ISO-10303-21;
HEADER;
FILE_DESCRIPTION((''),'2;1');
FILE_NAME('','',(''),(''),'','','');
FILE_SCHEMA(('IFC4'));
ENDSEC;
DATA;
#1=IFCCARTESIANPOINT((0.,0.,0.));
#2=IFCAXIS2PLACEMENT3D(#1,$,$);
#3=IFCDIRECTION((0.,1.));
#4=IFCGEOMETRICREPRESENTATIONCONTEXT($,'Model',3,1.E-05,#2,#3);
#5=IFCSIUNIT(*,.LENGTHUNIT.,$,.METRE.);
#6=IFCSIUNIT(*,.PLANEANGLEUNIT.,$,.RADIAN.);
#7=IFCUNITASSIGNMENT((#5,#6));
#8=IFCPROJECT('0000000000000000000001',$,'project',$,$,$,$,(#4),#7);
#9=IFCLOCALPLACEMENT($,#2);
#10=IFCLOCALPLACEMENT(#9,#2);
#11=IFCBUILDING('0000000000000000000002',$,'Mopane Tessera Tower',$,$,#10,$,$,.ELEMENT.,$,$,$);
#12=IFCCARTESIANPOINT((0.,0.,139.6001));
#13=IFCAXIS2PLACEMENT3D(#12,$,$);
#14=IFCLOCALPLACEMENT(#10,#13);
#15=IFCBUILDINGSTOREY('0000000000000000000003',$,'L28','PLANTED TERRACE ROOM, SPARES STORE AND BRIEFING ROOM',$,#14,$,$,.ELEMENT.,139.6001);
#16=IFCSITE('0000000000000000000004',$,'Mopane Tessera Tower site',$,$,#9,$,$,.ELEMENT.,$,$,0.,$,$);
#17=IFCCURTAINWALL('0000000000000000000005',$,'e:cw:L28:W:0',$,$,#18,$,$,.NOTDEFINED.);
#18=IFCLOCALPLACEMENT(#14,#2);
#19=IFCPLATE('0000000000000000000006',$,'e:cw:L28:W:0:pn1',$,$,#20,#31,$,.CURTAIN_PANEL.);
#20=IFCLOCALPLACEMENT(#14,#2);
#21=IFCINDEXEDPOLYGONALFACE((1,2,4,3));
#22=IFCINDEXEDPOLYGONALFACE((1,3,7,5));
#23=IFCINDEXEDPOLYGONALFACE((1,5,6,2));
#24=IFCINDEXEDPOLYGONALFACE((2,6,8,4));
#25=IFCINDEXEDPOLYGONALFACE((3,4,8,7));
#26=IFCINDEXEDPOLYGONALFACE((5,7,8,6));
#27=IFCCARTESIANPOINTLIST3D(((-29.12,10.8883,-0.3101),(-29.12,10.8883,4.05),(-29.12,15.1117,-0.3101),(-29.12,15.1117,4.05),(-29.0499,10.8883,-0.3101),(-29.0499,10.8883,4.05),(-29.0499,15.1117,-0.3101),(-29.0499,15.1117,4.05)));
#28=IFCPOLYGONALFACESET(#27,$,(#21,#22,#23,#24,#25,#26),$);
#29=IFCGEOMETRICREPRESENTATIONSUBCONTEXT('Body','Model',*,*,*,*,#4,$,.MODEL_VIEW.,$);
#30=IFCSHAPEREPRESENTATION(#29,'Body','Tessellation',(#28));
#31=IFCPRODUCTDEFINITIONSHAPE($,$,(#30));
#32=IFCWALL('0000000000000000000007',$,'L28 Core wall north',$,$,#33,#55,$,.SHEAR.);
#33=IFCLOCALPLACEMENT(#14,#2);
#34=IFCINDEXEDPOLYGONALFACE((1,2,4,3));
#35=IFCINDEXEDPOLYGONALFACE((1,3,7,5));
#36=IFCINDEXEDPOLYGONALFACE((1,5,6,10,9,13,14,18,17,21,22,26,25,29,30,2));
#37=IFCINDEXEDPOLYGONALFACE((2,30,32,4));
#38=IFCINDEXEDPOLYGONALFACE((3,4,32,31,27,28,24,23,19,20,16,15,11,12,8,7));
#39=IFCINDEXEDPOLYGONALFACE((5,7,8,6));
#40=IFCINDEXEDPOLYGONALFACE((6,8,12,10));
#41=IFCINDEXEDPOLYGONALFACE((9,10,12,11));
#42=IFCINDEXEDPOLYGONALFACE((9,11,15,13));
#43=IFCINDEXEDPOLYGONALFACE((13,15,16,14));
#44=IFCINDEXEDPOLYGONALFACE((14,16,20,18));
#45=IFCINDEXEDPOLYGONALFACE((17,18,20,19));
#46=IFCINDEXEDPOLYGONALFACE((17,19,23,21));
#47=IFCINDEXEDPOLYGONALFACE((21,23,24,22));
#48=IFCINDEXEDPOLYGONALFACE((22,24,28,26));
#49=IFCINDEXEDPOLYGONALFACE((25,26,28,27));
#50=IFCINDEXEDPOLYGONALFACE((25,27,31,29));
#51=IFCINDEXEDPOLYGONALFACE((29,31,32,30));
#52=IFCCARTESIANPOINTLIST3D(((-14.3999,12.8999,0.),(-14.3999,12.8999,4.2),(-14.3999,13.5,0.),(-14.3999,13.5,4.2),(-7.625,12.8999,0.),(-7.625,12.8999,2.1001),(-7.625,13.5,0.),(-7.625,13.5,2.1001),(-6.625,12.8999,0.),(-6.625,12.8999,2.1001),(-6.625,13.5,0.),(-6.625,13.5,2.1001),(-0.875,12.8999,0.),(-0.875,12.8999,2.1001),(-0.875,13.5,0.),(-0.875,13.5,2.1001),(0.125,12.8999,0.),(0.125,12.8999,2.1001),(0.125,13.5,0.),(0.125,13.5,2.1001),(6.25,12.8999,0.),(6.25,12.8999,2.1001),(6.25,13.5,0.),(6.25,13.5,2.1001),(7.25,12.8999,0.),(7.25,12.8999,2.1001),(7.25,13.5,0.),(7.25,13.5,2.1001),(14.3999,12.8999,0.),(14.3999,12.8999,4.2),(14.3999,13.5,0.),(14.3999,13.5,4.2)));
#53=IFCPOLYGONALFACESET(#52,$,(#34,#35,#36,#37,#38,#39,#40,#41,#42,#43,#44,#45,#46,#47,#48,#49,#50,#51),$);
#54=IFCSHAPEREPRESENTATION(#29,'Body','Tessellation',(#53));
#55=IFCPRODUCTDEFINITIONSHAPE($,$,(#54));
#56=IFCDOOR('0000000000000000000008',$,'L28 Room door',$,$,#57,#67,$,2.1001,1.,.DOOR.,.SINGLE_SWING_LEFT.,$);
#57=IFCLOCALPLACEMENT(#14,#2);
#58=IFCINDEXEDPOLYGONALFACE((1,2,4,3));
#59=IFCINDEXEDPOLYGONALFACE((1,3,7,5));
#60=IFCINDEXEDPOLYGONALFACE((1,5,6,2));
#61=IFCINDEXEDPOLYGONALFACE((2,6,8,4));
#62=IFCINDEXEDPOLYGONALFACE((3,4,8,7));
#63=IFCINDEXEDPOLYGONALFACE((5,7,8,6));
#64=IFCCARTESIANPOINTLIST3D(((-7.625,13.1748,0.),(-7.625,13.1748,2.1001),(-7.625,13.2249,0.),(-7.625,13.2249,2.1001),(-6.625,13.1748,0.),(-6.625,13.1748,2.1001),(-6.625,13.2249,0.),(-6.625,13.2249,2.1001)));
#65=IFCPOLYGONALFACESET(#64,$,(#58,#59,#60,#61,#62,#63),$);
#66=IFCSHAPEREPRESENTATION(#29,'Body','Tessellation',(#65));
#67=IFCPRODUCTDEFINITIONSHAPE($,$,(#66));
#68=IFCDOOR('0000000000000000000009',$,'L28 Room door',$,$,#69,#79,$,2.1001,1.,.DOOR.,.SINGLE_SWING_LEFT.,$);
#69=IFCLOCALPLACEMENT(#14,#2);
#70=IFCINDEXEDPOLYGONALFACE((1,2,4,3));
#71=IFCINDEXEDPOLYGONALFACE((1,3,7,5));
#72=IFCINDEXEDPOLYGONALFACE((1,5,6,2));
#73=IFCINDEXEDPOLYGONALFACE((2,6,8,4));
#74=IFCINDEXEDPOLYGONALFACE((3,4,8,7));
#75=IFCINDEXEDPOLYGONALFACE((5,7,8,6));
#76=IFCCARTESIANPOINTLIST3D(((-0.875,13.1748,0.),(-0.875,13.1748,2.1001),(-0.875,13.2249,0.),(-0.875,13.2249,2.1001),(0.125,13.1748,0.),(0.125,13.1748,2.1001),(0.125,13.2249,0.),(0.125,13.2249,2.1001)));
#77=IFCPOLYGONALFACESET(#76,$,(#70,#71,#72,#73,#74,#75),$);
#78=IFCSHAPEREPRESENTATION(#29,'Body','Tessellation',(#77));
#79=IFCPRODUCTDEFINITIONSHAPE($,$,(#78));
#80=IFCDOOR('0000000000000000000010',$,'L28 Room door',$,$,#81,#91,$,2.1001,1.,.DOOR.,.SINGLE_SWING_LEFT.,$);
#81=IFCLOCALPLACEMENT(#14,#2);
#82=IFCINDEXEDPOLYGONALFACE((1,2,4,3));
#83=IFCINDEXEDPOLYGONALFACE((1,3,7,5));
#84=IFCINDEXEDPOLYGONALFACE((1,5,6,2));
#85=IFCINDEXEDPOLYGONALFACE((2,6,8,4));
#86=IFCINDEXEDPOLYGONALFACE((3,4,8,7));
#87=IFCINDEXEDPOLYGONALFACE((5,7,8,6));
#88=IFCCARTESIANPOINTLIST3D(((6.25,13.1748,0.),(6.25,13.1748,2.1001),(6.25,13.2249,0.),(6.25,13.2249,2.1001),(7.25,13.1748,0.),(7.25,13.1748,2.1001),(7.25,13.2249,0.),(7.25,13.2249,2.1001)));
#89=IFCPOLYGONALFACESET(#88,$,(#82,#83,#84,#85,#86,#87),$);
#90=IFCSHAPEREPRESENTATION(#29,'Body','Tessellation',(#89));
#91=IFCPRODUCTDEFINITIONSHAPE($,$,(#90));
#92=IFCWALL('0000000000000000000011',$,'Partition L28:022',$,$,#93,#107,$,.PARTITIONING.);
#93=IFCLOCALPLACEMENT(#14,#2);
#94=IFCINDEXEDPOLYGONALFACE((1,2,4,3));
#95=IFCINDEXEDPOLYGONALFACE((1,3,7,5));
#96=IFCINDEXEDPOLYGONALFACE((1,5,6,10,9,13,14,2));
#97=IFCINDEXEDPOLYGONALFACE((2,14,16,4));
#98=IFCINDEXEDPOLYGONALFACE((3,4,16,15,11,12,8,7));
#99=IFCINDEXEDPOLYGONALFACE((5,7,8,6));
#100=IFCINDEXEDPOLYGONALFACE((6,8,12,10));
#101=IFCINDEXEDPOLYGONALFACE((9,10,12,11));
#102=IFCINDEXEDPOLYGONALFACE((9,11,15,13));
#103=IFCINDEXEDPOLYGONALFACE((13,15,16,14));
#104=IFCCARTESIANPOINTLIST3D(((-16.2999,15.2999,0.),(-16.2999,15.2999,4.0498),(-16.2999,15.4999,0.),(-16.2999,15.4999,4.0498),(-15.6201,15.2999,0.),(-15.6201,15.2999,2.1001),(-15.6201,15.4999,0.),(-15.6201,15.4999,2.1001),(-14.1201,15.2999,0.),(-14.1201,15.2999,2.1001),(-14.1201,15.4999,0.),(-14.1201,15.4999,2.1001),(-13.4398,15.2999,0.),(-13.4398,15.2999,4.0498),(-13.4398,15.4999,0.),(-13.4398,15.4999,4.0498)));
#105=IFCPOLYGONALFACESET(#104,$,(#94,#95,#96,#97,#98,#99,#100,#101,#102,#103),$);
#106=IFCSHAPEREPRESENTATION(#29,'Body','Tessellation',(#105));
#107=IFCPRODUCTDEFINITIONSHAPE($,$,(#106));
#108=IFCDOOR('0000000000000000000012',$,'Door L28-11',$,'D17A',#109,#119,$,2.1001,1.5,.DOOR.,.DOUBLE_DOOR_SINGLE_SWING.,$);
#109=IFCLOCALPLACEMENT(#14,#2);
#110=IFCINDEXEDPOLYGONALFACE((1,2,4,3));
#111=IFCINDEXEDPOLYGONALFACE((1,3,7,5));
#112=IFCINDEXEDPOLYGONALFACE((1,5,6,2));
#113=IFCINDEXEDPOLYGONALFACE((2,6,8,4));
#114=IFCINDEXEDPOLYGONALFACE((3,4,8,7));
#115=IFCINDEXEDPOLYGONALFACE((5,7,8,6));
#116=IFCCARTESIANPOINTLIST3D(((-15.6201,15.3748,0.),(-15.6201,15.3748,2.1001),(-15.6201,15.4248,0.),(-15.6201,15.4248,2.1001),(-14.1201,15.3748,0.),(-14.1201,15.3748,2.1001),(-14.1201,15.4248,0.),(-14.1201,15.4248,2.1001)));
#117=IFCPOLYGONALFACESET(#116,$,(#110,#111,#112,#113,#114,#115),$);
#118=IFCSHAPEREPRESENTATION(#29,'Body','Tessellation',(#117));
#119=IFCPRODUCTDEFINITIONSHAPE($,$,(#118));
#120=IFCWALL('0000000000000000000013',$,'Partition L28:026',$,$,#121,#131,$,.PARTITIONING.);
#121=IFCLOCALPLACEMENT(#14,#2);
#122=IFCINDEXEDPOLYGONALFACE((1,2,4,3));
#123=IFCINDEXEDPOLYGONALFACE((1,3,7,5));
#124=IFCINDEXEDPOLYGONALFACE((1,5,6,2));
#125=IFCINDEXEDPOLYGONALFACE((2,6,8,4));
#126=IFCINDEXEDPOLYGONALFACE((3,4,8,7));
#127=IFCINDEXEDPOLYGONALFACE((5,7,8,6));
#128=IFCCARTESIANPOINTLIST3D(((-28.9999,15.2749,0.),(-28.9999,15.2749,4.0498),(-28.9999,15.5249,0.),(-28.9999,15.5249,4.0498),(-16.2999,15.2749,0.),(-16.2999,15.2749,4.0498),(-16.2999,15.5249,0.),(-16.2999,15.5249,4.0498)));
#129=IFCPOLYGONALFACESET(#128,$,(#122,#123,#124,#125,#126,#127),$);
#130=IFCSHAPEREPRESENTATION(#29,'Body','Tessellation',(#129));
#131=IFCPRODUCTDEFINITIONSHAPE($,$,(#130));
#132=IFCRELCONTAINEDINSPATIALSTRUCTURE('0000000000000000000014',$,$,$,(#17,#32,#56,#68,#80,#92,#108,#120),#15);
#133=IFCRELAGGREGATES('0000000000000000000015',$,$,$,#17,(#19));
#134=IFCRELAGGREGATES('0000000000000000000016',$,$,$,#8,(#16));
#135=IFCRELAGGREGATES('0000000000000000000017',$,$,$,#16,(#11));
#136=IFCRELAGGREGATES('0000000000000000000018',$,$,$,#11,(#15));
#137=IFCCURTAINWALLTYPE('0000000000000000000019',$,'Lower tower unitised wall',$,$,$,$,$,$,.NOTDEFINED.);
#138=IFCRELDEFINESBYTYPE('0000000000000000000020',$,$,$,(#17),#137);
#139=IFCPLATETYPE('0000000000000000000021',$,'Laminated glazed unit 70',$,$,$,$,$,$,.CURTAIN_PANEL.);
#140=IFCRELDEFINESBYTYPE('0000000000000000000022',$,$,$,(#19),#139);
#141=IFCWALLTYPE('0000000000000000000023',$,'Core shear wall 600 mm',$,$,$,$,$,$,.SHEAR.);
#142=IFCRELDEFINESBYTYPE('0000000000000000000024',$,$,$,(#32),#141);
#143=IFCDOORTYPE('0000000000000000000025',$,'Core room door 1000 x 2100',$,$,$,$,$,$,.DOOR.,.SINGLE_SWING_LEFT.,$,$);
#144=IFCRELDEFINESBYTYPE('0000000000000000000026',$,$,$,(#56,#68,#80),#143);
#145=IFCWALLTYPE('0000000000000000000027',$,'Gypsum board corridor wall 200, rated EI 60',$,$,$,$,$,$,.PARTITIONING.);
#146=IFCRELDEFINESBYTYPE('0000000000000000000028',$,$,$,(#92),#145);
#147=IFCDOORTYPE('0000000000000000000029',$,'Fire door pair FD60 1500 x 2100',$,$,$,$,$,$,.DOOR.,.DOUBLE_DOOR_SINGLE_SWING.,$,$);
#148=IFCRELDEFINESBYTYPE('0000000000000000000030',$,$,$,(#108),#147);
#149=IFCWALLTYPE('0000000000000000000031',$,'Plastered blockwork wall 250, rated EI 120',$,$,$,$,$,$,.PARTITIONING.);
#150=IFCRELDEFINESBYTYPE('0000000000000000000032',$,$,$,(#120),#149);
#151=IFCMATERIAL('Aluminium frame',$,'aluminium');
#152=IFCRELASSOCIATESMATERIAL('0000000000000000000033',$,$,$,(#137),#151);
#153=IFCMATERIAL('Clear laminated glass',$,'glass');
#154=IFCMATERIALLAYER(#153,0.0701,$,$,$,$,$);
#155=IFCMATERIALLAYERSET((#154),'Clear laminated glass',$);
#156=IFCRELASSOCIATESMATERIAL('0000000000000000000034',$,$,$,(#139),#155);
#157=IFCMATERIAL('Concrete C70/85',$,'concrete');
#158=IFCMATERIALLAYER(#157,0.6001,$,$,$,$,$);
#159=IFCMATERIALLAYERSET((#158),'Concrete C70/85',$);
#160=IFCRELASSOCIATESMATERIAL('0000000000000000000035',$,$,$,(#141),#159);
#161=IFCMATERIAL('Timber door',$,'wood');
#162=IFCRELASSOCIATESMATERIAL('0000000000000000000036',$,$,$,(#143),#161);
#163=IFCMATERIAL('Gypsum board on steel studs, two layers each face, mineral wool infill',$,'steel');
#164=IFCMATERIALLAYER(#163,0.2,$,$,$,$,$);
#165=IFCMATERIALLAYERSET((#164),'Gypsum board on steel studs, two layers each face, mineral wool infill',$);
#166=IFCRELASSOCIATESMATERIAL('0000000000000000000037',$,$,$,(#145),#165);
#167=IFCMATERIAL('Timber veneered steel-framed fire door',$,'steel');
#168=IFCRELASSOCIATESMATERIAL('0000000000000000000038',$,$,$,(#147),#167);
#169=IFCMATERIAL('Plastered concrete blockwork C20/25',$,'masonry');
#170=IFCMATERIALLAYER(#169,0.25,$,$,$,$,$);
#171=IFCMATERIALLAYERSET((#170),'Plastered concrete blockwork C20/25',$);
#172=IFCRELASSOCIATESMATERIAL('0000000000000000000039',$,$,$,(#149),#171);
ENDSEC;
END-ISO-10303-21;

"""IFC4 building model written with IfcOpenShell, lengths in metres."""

from ifc_helpers import new_model, si_unit, direction, frame, frame_2d, origin, origin_2d, place, context, subcontext, project, spatial, rectangle, extrude, material, layer, layer_set, type_object, element, fill, aggregate, save


model = new_model("IFC4")

# Units and contexts
model_context = context("Model", 3, precision=1e-05, world=origin(), true_north=direction((0.0, 1.0)))
body_context = subcontext(model_context, "Body", "Model", "MODEL_VIEW")
ifc_project = project(units=[si_unit("LENGTHUNIT", "METRE"), si_unit("PLANEANGLEUNIT", "RADIAN")], contexts=[model_context])

# Site, building, storey
site_placement = place(None, origin())
site = spatial("IfcSite", under=ifc_project, at=site_placement, Name="Mopane Tessera Tower site", CompositionType="ELEMENT", RefElevation=0.0)
building_placement = place(site_placement, origin())
building = spatial("IfcBuilding", under=site, at=building_placement, Name="Mopane Tessera Tower", CompositionType="ELEMENT")
storey_placement = place(building_placement, frame((0.0, 0.0, 139.6001)))
storey = spatial("IfcBuildingStorey", under=building, at=storey_placement, Name="L28", Description="PLANTED TERRACE ROOM, SPARES STORE AND BRIEFING ROOM", CompositionType="ELEMENT", Elevation=139.6001)

# Curtain wall
ifc_material_1 = material(Name="Aluminium frame", Category="aluminium")
curtain_wall_type = type_object("IfcCurtainWallType", Name="Lower tower unitised wall", PredefinedType="NOTDEFINED", material=ifc_material_1)
curtain_wall_1_placement = place(storey_placement, origin())
curtain_wall_1 = element("IfcCurtainWall", 1, at=curtain_wall_1_placement, inside=storey, type_object=curtain_wall_type, Name="e:cw:L28:W:0", PredefinedType="NOTDEFINED")

# Plate
ifc_material_2 = material(Name="Clear laminated glass", Category="glass")
ifc_layer_1 = layer(ifc_material_2, 0.0701)
ifc_layer_set_1 = layer_set([ifc_layer_1], Name="Clear laminated glass")
plate_type = type_object("IfcPlateType", Name="Laminated glazed unit 70", PredefinedType="CURTAIN_PANEL", material=ifc_layer_set_1)
plate_1_placement = place(storey_placement, frame((-29.085, 13.0, -0.3101), z_axis=(0.0, 0.0, 1.0), x_axis=(0.0, -1.0, 0.0)))
plate_1 = element("IfcPlate", 2, at=plate_1_placement, type_object=plate_type, Name="e:cw:L28:W:0:pn1", PredefinedType="CURTAIN_PANEL", context=body_context, shape_type="SweptSolid", body=[
    extrude(rectangle(XDim=4.2234, YDim=0.0701, at=origin_2d()), origin(), (0.0, 0.0, 1.0), 4.3601),
])
aggregate(curtain_wall_1, [plate_1])

# Wall, openings, doors
ifc_material_3 = material(Name="Concrete C70/85", Category="concrete")
ifc_layer_2 = layer(ifc_material_3, 0.6001)
ifc_layer_set_2 = layer_set([ifc_layer_2], Name="Concrete C70/85")
wall_type_1 = type_object("IfcWallType", Name="Core shear wall 600 mm", PredefinedType="SHEAR", material=ifc_layer_set_2)
wall_1_placement = place(storey_placement, frame((-14.3999, 13.2, 0.0), z_axis=(0.0, 0.0, 1.0), x_axis=(1.0, 0.0, 0.0)))
wall_1 = element("IfcWall", 3, at=wall_1_placement, inside=storey, type_object=wall_type_1, Name="L28 Core wall north", PredefinedType="SHEAR", context=body_context, shape_type="SweptSolid", body=[
    extrude(rectangle(XDim=28.7998, YDim=0.6001, at=frame_2d((14.3999, 0.0))), origin(), (0.0, 0.0, 1.0), 4.2),
])
opening_1_placement = place(wall_1_placement, frame((6.7749, 0.0, 0.0)))
opening_1 = element("IfcOpeningElement", 4, at=opening_1_placement, cuts=wall_1, PredefinedType="OPENING", context=body_context, shape_type="SweptSolid", body=[
    extrude(rectangle(XDim=1.0, YDim=2.1001, at=frame_2d((0.5, 1.05))), frame((0.0, 0.312, 0.0), z_axis=(0.0, -1.0, 0.0), x_axis=(1.0, 0.0, 0.0)), (0.0, 0.0, 1.0), 0.624),
])
opening_2_placement = place(wall_1_placement, frame((13.5249, 0.0, 0.0)))
opening_2 = element("IfcOpeningElement", 5, at=opening_2_placement, cuts=wall_1, PredefinedType="OPENING", context=body_context, shape_type="SweptSolid", body=[
    extrude(rectangle(XDim=1.0, YDim=2.1001, at=frame_2d((0.5, 1.05))), frame((0.0, 0.312, 0.0), z_axis=(0.0, -1.0, 0.0), x_axis=(1.0, 0.0, 0.0)), (0.0, 0.0, 1.0), 0.624),
])
opening_3_placement = place(wall_1_placement, frame((20.6499, 0.0, 0.0)))
opening_3 = element("IfcOpeningElement", 6, at=opening_3_placement, cuts=wall_1, PredefinedType="OPENING", context=body_context, shape_type="SweptSolid", body=[
    extrude(rectangle(XDim=1.0, YDim=2.1001, at=frame_2d((0.5, 1.05))), frame((0.0, 0.312, 0.0), z_axis=(0.0, -1.0, 0.0), x_axis=(1.0, 0.0, 0.0)), (0.0, 0.0, 1.0), 0.624),
])
ifc_material_4 = material(Name="Timber door", Category="wood")
door_type_1 = type_object("IfcDoorType", Name="Core room door 1000 x 2100", OperationType="SINGLE_SWING_LEFT", PredefinedType="DOOR", material=ifc_material_4)
door_1_placement = place(opening_1_placement, origin())
door_1 = element("IfcDoor", 7, at=door_1_placement, inside=storey, type_object=door_type_1, Name="L28 Room door", OperationType="SINGLE_SWING_LEFT", OverallHeight=2.1001, OverallWidth=1.0, PredefinedType="DOOR", context=body_context, shape_type="SweptSolid", body=[
    extrude(rectangle(XDim=1.0, YDim=2.1001, at=frame_2d((0.5, 1.05))), frame((0.0, 0.0249, 0.0), z_axis=(0.0, -1.0, 0.0), x_axis=(1.0, 0.0, 0.0)), (0.0, 0.0, 1.0), 0.05),
])
fill(opening_1, door_1)
door_2_placement = place(opening_2_placement, origin())
door_2 = element("IfcDoor", 8, at=door_2_placement, inside=storey, type_object=door_type_1, Name="L28 Room door", OperationType="SINGLE_SWING_LEFT", OverallHeight=2.1001, OverallWidth=1.0, PredefinedType="DOOR", context=body_context, shape_type="SweptSolid", body=[
    extrude(rectangle(XDim=1.0, YDim=2.1001, at=frame_2d((0.5, 1.05))), frame((0.0, 0.0249, 0.0), z_axis=(0.0, -1.0, 0.0), x_axis=(1.0, 0.0, 0.0)), (0.0, 0.0, 1.0), 0.05),
])
fill(opening_2, door_2)
door_3_placement = place(opening_3_placement, origin())
door_3 = element("IfcDoor", 9, at=door_3_placement, inside=storey, type_object=door_type_1, Name="L28 Room door", OperationType="SINGLE_SWING_LEFT", OverallHeight=2.1001, OverallWidth=1.0, PredefinedType="DOOR", context=body_context, shape_type="SweptSolid", body=[
    extrude(rectangle(XDim=1.0, YDim=2.1001, at=frame_2d((0.5, 1.05))), frame((0.0, 0.0249, 0.0), z_axis=(0.0, -1.0, 0.0), x_axis=(1.0, 0.0, 0.0)), (0.0, 0.0, 1.0), 0.05),
])
fill(opening_3, door_3)

# Wall, opening, door
ifc_material_5 = material(Name="Gypsum board on steel studs, two layers each face, mineral wool infill", Category="steel")
ifc_layer_3 = layer(ifc_material_5, 0.2)
ifc_layer_set_3 = layer_set([ifc_layer_3], Name="Gypsum board on steel studs, two layers each face, mineral wool infill")
wall_type_2 = type_object("IfcWallType", Name="Gypsum board corridor wall 200, rated EI 60", PredefinedType="PARTITIONING", material=ifc_layer_set_3)
wall_2_placement = place(storey_placement, frame((-16.3, 15.3999, 0.0), z_axis=(0.0, 0.0, 1.0), x_axis=(1.0, 0.0, 0.0)))
wall_2 = element("IfcWall", 10, at=wall_2_placement, inside=storey, type_object=wall_type_2, Name="Partition L28:022", PredefinedType="PARTITIONING", context=body_context, shape_type="SweptSolid", body=[
    extrude(rectangle(XDim=2.8601, YDim=0.2, at=frame_2d((1.4302, 0.0))), origin(), (0.0, 0.0, 1.0), 4.0498),
])
opening_4_placement = place(wall_2_placement, frame((0.6799, 0.0, 0.0)))
opening_4 = element("IfcOpeningElement", 11, at=opening_4_placement, cuts=wall_2, PredefinedType="OPENING", context=body_context, shape_type="SweptSolid", body=[
    extrude(rectangle(XDim=1.5, YDim=2.1001, at=frame_2d((0.75, 1.05))), frame((0.0, 0.1121, 0.0), z_axis=(0.0, -1.0, 0.0), x_axis=(1.0, 0.0, 0.0)), (0.0, 0.0, 1.0), 0.2239),
])
ifc_material_6 = material(Name="Timber veneered steel-framed fire door", Category="steel")
door_type_2 = type_object("IfcDoorType", Name="Fire door pair FD60 1500 x 2100", OperationType="DOUBLE_DOOR_SINGLE_SWING", PredefinedType="DOOR", material=ifc_material_6)
door_4_placement = place(opening_4_placement, origin())
door_4 = element("IfcDoor", 12, at=door_4_placement, inside=storey, type_object=door_type_2, Name="Door L28-11", ObjectType="D17A", OperationType="DOUBLE_DOOR_SINGLE_SWING", OverallHeight=2.1001, OverallWidth=1.5, PredefinedType="DOOR", context=body_context, shape_type="SweptSolid", body=[
    extrude(rectangle(XDim=1.5, YDim=2.1001, at=frame_2d((0.75, 1.05))), frame((0.0, 0.0249, 0.0), z_axis=(0.0, -1.0, 0.0), x_axis=(1.0, 0.0, 0.0)), (0.0, 0.0, 1.0), 0.05),
])
fill(opening_4, door_4)

# Wall
ifc_material_7 = material(Name="Plastered concrete blockwork C20/25", Category="masonry")
ifc_layer_4 = layer(ifc_material_7, 0.25)
ifc_layer_set_4 = layer_set([ifc_layer_4], Name="Plastered concrete blockwork C20/25")
wall_type_3 = type_object("IfcWallType", Name="Plastered blockwork wall 250, rated EI 120", PredefinedType="PARTITIONING", material=ifc_layer_set_4)
wall_3_placement = place(storey_placement, frame((-29.0, 15.3999, 0.0), z_axis=(0.0, 0.0, 1.0), x_axis=(1.0, 0.0, 0.0)))
element("IfcWall", 13, at=wall_3_placement, inside=storey, type_object=wall_type_3, Name="Partition L28:026", PredefinedType="PARTITIONING", context=body_context, shape_type="SweptSolid", body=[
    extrude(rectangle(XDim=12.7, YDim=0.25, at=frame_2d((6.3501, 0.0))), origin(), (0.0, 0.0, 1.0), 4.0498),
])

save(model, "model.ifc")
